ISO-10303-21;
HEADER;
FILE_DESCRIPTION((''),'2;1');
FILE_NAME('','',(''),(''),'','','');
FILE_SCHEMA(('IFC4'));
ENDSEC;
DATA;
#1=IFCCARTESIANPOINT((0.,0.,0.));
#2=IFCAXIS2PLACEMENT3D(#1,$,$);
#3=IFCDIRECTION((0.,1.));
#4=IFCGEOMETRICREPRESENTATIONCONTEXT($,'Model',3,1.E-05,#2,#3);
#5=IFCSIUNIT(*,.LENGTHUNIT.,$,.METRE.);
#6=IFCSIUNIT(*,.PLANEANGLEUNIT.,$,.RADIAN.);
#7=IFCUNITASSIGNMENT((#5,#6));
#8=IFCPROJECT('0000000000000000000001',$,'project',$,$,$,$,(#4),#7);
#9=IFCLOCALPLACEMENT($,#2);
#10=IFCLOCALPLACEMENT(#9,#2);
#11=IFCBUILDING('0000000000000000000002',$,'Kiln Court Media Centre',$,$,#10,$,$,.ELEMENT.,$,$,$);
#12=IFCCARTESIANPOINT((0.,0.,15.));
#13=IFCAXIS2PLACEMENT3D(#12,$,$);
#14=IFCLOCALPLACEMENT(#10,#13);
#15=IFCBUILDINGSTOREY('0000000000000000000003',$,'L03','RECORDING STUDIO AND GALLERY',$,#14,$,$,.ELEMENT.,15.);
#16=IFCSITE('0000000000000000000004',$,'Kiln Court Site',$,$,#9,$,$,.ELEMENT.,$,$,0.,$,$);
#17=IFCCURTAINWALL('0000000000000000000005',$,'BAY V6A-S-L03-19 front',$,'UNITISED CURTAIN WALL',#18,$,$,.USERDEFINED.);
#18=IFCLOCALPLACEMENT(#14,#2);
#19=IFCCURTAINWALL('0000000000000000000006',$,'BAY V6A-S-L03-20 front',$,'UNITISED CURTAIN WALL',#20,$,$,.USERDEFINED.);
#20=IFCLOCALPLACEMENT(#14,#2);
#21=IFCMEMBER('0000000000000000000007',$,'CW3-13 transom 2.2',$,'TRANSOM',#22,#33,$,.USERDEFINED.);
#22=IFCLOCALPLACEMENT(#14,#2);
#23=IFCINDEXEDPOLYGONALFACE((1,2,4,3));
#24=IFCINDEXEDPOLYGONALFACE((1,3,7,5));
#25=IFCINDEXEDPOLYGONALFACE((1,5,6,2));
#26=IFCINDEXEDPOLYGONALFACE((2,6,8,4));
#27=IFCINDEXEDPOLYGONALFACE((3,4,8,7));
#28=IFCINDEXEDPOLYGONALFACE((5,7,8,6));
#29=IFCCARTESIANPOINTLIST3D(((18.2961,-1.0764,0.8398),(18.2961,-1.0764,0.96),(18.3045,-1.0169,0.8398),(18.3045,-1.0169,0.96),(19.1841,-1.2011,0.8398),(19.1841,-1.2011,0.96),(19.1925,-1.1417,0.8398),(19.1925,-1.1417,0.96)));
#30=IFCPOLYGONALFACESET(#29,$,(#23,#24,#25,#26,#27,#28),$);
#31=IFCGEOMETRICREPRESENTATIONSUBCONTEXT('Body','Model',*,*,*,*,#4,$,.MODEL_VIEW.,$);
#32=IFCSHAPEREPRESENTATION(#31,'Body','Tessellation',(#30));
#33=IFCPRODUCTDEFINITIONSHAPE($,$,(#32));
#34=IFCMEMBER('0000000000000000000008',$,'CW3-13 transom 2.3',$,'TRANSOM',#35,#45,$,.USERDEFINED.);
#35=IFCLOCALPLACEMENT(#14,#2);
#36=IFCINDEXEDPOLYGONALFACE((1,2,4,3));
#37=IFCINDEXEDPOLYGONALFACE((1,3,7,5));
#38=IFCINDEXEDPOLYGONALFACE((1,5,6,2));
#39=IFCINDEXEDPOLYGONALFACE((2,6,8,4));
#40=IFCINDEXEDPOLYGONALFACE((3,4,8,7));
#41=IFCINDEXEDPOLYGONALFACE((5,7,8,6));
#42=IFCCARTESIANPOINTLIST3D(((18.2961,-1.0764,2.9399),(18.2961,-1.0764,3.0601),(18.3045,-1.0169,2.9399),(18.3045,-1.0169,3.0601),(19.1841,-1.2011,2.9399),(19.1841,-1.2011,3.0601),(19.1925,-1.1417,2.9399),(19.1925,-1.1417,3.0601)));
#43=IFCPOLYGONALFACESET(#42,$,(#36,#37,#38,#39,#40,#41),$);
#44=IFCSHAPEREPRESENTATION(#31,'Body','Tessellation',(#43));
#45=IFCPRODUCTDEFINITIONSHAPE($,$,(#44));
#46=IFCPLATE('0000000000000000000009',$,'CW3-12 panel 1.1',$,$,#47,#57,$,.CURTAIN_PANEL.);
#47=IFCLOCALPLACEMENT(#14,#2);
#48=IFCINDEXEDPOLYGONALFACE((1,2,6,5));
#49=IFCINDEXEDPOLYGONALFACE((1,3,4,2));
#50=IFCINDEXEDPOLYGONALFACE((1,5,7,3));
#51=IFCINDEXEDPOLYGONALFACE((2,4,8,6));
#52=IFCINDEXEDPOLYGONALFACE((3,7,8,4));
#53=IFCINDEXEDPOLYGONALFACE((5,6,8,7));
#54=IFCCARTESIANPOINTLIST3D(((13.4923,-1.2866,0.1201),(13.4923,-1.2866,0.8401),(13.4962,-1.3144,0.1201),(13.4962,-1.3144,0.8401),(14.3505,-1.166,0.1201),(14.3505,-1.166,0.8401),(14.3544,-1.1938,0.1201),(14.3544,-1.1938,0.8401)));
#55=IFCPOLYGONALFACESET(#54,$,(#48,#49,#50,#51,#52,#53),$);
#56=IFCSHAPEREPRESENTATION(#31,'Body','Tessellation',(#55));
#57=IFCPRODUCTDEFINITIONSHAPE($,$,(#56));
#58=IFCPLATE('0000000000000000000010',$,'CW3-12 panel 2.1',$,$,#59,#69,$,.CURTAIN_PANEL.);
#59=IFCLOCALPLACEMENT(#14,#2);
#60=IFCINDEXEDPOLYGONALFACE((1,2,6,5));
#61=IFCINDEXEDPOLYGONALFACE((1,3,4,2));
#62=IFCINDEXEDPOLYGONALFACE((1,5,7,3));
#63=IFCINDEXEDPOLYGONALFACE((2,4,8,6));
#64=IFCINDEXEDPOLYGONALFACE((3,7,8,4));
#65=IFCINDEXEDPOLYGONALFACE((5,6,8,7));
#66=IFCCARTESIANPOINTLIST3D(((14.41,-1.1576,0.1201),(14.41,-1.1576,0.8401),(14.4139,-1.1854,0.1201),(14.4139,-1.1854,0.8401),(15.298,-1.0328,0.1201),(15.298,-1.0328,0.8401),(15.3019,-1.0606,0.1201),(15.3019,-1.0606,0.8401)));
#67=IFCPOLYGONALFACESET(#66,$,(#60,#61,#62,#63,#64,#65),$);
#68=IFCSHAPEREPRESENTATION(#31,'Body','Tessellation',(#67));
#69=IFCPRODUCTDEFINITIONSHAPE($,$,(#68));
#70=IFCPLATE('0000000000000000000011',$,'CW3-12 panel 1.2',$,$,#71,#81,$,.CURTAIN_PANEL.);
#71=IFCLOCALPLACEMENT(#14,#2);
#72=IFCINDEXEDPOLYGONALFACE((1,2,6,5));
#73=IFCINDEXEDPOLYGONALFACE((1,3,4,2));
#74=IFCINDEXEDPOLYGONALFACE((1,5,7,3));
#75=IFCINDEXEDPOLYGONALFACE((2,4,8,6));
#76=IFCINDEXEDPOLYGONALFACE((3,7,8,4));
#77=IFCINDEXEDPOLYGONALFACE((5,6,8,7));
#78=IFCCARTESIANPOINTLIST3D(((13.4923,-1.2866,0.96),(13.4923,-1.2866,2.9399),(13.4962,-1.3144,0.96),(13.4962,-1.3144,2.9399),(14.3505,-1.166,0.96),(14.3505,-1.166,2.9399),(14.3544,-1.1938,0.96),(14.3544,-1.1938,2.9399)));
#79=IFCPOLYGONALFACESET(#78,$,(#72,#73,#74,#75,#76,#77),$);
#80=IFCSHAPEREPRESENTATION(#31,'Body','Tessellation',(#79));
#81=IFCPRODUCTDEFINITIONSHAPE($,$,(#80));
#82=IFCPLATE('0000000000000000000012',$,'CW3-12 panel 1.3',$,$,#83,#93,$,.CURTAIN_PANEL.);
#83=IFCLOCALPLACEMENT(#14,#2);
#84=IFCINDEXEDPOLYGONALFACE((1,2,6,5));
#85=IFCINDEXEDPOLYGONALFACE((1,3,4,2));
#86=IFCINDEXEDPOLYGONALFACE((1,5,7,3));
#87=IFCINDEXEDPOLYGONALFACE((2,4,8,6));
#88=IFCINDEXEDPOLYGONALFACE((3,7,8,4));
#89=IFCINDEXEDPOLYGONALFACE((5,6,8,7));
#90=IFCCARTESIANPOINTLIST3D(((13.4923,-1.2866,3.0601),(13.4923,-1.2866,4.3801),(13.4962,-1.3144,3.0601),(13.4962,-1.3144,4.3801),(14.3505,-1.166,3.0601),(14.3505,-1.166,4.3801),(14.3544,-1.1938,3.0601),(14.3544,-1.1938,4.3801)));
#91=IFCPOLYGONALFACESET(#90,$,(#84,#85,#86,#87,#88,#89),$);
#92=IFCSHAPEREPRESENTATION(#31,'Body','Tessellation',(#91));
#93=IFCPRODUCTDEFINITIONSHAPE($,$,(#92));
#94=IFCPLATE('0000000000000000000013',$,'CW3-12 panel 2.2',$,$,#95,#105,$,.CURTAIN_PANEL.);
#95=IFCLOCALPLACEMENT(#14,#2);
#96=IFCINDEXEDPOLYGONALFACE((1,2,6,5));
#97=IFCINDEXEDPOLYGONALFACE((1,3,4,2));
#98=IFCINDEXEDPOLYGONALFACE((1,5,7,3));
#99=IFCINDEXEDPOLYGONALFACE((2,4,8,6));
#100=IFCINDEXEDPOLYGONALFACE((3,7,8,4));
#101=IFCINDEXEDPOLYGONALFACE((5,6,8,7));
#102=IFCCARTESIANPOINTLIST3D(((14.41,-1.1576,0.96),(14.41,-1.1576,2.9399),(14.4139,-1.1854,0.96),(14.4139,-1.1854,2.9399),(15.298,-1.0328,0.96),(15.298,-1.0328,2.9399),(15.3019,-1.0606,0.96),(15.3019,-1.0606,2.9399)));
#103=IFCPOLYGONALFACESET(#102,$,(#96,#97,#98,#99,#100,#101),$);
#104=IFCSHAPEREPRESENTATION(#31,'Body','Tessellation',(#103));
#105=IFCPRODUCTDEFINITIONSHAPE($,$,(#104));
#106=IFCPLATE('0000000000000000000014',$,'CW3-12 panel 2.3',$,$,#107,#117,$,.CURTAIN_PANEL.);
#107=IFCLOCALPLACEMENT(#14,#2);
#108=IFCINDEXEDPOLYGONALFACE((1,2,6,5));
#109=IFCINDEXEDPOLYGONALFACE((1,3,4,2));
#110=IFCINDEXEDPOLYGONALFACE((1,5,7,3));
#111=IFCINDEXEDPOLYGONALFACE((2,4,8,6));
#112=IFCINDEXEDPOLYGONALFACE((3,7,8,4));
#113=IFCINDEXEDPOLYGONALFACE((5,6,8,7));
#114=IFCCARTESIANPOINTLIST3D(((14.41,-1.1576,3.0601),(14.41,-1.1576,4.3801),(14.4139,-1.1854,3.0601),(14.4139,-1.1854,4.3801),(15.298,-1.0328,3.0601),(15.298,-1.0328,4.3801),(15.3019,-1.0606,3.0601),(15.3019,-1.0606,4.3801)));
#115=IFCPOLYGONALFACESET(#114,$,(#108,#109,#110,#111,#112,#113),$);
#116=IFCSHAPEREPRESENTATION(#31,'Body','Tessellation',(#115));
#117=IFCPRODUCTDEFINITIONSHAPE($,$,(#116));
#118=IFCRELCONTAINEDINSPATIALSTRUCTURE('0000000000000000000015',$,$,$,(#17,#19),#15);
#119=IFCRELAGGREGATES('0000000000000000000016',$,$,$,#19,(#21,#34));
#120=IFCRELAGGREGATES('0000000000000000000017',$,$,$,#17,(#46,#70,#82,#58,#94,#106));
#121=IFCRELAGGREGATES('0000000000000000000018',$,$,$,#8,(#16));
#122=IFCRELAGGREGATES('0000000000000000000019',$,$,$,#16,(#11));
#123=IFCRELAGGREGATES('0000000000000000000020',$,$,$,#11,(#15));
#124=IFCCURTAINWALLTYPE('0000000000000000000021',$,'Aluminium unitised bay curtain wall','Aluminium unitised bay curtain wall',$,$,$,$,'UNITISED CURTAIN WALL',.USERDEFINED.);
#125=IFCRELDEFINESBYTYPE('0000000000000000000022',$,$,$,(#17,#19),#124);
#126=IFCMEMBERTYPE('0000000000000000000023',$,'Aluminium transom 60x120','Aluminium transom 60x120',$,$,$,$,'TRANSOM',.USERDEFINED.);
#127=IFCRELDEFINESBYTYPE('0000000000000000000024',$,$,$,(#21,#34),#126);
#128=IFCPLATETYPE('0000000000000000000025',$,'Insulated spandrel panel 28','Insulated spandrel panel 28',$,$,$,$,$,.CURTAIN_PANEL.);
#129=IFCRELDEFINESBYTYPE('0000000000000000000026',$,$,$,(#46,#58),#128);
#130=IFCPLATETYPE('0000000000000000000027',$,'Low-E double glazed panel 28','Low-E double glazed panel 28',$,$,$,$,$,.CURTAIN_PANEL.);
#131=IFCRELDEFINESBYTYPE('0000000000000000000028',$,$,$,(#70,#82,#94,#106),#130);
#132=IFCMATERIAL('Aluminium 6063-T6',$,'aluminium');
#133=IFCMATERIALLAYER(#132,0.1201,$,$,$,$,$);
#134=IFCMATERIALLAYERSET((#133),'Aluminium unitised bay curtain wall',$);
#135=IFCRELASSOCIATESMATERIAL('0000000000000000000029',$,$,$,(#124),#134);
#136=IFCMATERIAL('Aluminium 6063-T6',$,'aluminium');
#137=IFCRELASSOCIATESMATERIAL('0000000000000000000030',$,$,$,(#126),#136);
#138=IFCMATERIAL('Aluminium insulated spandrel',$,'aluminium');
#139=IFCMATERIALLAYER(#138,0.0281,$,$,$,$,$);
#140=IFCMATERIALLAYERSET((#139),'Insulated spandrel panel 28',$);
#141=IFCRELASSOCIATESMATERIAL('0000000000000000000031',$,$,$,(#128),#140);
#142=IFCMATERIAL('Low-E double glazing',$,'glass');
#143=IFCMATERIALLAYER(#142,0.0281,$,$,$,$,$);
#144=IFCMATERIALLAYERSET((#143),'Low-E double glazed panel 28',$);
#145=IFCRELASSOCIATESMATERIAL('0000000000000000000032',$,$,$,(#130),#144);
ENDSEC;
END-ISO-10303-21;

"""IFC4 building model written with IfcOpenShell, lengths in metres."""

from ifc_helpers import new_model, si_unit, direction, frame, origin, origin_2d, place, context, subcontext, project, spatial, rectangle, extrude, material, layer, layer_set, material_profile, profile_set, type_object, element, aggregate, save


model = new_model("IFC4")

# Units and contexts
model_context = context("Model", 3, precision=1e-05, world=origin(), true_north=direction((0.0, 1.0)))
body_context = subcontext(model_context, "Body", "Model", "MODEL_VIEW")
ifc_project = project(units=[si_unit("LENGTHUNIT", "METRE"), si_unit("PLANEANGLEUNIT", "RADIAN")], contexts=[model_context])

# Site, building, storey
site_placement = place(None, origin())
site = spatial("IfcSite", under=ifc_project, at=site_placement, Name="Kiln Court Site", CompositionType="ELEMENT", RefElevation=0.0)
building_placement = place(site_placement, origin())
building = spatial("IfcBuilding", under=site, at=building_placement, Name="Kiln Court Media Centre", CompositionType="ELEMENT")
storey_placement = place(building_placement, frame((0.0, 0.0, 15.0)))
storey = spatial("IfcBuildingStorey", under=building, at=storey_placement, Name="L03", Description="RECORDING STUDIO AND GALLERY", CompositionType="ELEMENT", Elevation=15.0)

# Curtain wall
ifc_material_1 = material(Name="Aluminium 6063-T6", Category="aluminium")
ifc_layer_1 = layer(ifc_material_1, 0.1201)
ifc_layer_set_1 = layer_set([ifc_layer_1], Name="Aluminium unitised bay curtain wall")
curtain_wall_type = type_object("IfcCurtainWallType", Name="Aluminium unitised bay curtain wall", Description="Aluminium unitised bay curtain wall", ElementType="UNITISED CURTAIN WALL", PredefinedType="USERDEFINED", material=ifc_layer_set_1)
curtain_wall_1_placement = place(storey_placement, origin())
curtain_wall_1 = element("IfcCurtainWall", 1, at=curtain_wall_1_placement, inside=storey, type_object=curtain_wall_type, Name="BAY V6A-S-L03-19 front", ObjectType="UNITISED CURTAIN WALL", PredefinedType="USERDEFINED")

# Curtain wall
curtain_wall_2_placement = place(storey_placement, origin())
curtain_wall_2 = element("IfcCurtainWall", 2, at=curtain_wall_2_placement, inside=storey, type_object=curtain_wall_type, Name="BAY V6A-S-L03-20 front", ObjectType="UNITISED CURTAIN WALL", PredefinedType="USERDEFINED")

# Members
ifc_material_2 = material(Name="Aluminium 6063-T6", Category="aluminium")
ifc_material_profile_1 = material_profile(ifc_material_2, rectangle(XDim=0.0601, YDim=0.1201, at=origin_2d()), Name="Aluminium transom 60x120")
ifc_profile_set_1 = profile_set([ifc_material_profile_1], Name="Aluminium 6063-T6")
member_type_1 = type_object("IfcMemberType", Name="Aluminium transom 60x120", Description="Aluminium transom 60x120", ElementType="TRANSOM", PredefinedType="USERDEFINED", material=ifc_profile_set_1)
member_1_placement = place(storey_placement, frame((18.3003, -1.0466, 0.8999), z_axis=(0.990274, -0.139134, 0.0), x_axis=(0.139134, 0.990274, 0.0)))
member_1 = element("IfcMember", 3, at=member_1_placement, type_object=member_type_1, Name="CW3-13 transom 2.2", ObjectType="TRANSOM", PredefinedType="USERDEFINED", context=body_context, shape_type="SweptSolid", body=[
    extrude(rectangle(XDim=0.0601, YDim=0.1201, at=origin_2d()), origin(), (0.0, 0.0, 1.0), 0.8967),
])
member_2_placement = place(storey_placement, frame((18.3003, -1.0466, 3.0), z_axis=(0.990274, -0.139134, 0.0), x_axis=(0.139134, 0.990274, 0.0)))
member_2 = element("IfcMember", 4, at=member_2_placement, type_object=member_type_1, Name="CW3-13 transom 2.3", ObjectType="TRANSOM", PredefinedType="USERDEFINED", context=body_context, shape_type="SweptSolid", body=[
    extrude(rectangle(XDim=0.0601, YDim=0.1201, at=origin_2d()), origin(), (0.0, 0.0, 1.0), 0.8967),
])
aggregate(curtain_wall_2, [member_1, member_2])

# Plates
ifc_material_3 = material(Name="Aluminium insulated spandrel", Category="aluminium")
ifc_layer_2 = layer(ifc_material_3, 0.0281)
ifc_layer_set_2 = layer_set([ifc_layer_2], Name="Insulated spandrel panel 28")
plate_type_1 = type_object("IfcPlateType", Name="Insulated spandrel panel 28", Description="Insulated spandrel panel 28", PredefinedType="CURTAIN_PANEL", material=ifc_layer_set_2)
plate_1_placement = place(storey_placement, frame((13.9233, -1.2402, 0.1201), z_axis=(0.0, 0.0, 1.0), x_axis=(0.99027, 0.139162, 0.0)))
plate_1 = element("IfcPlate", 5, at=plate_1_placement, type_object=plate_type_1, Name="CW3-12 panel 1.1", PredefinedType="CURTAIN_PANEL", context=body_context, shape_type="SweptSolid", body=[
    extrude(rectangle(XDim=0.8667, YDim=0.0281, at=origin_2d()), origin(), (0.0, 0.0, 1.0), 0.72),
])
plate_2_placement = place(storey_placement, frame((14.856, -1.1091, 0.1201), z_axis=(0.0, 0.0, 1.0), x_axis=(0.99027, 0.139162, 0.0)))
plate_2 = element("IfcPlate", 6, at=plate_2_placement, type_object=plate_type_1, Name="CW3-12 panel 2.1", PredefinedType="CURTAIN_PANEL", context=body_context, shape_type="SweptSolid", body=[
    extrude(rectangle(XDim=0.8967, YDim=0.0281, at=origin_2d()), origin(), (0.0, 0.0, 1.0), 0.72),
])
ifc_material_4 = material(Name="Low-E double glazing", Category="glass")
ifc_layer_3 = layer(ifc_material_4, 0.0281)
ifc_layer_set_3 = layer_set([ifc_layer_3], Name="Low-E double glazed panel 28")
plate_type_2 = type_object("IfcPlateType", Name="Low-E double glazed panel 28", Description="Low-E double glazed panel 28", PredefinedType="CURTAIN_PANEL", material=ifc_layer_set_3)
plate_3_placement = place(storey_placement, frame((13.9233, -1.2402, 0.96), z_axis=(0.0, 0.0, 1.0), x_axis=(0.99027, 0.139162, 0.0)))
plate_3 = element("IfcPlate", 7, at=plate_3_placement, type_object=plate_type_2, Name="CW3-12 panel 1.2", PredefinedType="CURTAIN_PANEL", context=body_context, shape_type="SweptSolid", body=[
    extrude(rectangle(XDim=0.8667, YDim=0.0281, at=origin_2d()), origin(), (0.0, 0.0, 1.0), 1.98),
])
plate_4_placement = place(storey_placement, frame((13.9233, -1.2402, 3.0601), z_axis=(0.0, 0.0, 1.0), x_axis=(0.99027, 0.139162, 0.0)))
plate_4 = element("IfcPlate", 8, at=plate_4_placement, type_object=plate_type_2, Name="CW3-12 panel 1.3", PredefinedType="CURTAIN_PANEL", context=body_context, shape_type="SweptSolid", body=[
    extrude(rectangle(XDim=0.8667, YDim=0.0281, at=origin_2d()), origin(), (0.0, 0.0, 1.0), 1.3201),
])
plate_5_placement = place(storey_placement, frame((14.856, -1.1091, 0.96), z_axis=(0.0, 0.0, 1.0), x_axis=(0.99027, 0.139162, 0.0)))
plate_5 = element("IfcPlate", 9, at=plate_5_placement, type_object=plate_type_2, Name="CW3-12 panel 2.2", PredefinedType="CURTAIN_PANEL", context=body_context, shape_type="SweptSolid", body=[
    extrude(rectangle(XDim=0.8967, YDim=0.0281, at=origin_2d()), origin(), (0.0, 0.0, 1.0), 1.98),
])
plate_6_placement = place(storey_placement, frame((14.856, -1.1091, 3.0601), z_axis=(0.0, 0.0, 1.0), x_axis=(0.99027, 0.139162, 0.0)))
plate_6 = element("IfcPlate", 10, at=plate_6_placement, type_object=plate_type_2, Name="CW3-12 panel 2.3", PredefinedType="CURTAIN_PANEL", context=body_context, shape_type="SweptSolid", body=[
    extrude(rectangle(XDim=0.8967, YDim=0.0281, at=origin_2d()), origin(), (0.0, 0.0, 1.0), 1.3201),
])
aggregate(curtain_wall_1, [plate_1, plate_3, plate_4, plate_2, plate_5, plate_6])

save(model, "model.ifc")
